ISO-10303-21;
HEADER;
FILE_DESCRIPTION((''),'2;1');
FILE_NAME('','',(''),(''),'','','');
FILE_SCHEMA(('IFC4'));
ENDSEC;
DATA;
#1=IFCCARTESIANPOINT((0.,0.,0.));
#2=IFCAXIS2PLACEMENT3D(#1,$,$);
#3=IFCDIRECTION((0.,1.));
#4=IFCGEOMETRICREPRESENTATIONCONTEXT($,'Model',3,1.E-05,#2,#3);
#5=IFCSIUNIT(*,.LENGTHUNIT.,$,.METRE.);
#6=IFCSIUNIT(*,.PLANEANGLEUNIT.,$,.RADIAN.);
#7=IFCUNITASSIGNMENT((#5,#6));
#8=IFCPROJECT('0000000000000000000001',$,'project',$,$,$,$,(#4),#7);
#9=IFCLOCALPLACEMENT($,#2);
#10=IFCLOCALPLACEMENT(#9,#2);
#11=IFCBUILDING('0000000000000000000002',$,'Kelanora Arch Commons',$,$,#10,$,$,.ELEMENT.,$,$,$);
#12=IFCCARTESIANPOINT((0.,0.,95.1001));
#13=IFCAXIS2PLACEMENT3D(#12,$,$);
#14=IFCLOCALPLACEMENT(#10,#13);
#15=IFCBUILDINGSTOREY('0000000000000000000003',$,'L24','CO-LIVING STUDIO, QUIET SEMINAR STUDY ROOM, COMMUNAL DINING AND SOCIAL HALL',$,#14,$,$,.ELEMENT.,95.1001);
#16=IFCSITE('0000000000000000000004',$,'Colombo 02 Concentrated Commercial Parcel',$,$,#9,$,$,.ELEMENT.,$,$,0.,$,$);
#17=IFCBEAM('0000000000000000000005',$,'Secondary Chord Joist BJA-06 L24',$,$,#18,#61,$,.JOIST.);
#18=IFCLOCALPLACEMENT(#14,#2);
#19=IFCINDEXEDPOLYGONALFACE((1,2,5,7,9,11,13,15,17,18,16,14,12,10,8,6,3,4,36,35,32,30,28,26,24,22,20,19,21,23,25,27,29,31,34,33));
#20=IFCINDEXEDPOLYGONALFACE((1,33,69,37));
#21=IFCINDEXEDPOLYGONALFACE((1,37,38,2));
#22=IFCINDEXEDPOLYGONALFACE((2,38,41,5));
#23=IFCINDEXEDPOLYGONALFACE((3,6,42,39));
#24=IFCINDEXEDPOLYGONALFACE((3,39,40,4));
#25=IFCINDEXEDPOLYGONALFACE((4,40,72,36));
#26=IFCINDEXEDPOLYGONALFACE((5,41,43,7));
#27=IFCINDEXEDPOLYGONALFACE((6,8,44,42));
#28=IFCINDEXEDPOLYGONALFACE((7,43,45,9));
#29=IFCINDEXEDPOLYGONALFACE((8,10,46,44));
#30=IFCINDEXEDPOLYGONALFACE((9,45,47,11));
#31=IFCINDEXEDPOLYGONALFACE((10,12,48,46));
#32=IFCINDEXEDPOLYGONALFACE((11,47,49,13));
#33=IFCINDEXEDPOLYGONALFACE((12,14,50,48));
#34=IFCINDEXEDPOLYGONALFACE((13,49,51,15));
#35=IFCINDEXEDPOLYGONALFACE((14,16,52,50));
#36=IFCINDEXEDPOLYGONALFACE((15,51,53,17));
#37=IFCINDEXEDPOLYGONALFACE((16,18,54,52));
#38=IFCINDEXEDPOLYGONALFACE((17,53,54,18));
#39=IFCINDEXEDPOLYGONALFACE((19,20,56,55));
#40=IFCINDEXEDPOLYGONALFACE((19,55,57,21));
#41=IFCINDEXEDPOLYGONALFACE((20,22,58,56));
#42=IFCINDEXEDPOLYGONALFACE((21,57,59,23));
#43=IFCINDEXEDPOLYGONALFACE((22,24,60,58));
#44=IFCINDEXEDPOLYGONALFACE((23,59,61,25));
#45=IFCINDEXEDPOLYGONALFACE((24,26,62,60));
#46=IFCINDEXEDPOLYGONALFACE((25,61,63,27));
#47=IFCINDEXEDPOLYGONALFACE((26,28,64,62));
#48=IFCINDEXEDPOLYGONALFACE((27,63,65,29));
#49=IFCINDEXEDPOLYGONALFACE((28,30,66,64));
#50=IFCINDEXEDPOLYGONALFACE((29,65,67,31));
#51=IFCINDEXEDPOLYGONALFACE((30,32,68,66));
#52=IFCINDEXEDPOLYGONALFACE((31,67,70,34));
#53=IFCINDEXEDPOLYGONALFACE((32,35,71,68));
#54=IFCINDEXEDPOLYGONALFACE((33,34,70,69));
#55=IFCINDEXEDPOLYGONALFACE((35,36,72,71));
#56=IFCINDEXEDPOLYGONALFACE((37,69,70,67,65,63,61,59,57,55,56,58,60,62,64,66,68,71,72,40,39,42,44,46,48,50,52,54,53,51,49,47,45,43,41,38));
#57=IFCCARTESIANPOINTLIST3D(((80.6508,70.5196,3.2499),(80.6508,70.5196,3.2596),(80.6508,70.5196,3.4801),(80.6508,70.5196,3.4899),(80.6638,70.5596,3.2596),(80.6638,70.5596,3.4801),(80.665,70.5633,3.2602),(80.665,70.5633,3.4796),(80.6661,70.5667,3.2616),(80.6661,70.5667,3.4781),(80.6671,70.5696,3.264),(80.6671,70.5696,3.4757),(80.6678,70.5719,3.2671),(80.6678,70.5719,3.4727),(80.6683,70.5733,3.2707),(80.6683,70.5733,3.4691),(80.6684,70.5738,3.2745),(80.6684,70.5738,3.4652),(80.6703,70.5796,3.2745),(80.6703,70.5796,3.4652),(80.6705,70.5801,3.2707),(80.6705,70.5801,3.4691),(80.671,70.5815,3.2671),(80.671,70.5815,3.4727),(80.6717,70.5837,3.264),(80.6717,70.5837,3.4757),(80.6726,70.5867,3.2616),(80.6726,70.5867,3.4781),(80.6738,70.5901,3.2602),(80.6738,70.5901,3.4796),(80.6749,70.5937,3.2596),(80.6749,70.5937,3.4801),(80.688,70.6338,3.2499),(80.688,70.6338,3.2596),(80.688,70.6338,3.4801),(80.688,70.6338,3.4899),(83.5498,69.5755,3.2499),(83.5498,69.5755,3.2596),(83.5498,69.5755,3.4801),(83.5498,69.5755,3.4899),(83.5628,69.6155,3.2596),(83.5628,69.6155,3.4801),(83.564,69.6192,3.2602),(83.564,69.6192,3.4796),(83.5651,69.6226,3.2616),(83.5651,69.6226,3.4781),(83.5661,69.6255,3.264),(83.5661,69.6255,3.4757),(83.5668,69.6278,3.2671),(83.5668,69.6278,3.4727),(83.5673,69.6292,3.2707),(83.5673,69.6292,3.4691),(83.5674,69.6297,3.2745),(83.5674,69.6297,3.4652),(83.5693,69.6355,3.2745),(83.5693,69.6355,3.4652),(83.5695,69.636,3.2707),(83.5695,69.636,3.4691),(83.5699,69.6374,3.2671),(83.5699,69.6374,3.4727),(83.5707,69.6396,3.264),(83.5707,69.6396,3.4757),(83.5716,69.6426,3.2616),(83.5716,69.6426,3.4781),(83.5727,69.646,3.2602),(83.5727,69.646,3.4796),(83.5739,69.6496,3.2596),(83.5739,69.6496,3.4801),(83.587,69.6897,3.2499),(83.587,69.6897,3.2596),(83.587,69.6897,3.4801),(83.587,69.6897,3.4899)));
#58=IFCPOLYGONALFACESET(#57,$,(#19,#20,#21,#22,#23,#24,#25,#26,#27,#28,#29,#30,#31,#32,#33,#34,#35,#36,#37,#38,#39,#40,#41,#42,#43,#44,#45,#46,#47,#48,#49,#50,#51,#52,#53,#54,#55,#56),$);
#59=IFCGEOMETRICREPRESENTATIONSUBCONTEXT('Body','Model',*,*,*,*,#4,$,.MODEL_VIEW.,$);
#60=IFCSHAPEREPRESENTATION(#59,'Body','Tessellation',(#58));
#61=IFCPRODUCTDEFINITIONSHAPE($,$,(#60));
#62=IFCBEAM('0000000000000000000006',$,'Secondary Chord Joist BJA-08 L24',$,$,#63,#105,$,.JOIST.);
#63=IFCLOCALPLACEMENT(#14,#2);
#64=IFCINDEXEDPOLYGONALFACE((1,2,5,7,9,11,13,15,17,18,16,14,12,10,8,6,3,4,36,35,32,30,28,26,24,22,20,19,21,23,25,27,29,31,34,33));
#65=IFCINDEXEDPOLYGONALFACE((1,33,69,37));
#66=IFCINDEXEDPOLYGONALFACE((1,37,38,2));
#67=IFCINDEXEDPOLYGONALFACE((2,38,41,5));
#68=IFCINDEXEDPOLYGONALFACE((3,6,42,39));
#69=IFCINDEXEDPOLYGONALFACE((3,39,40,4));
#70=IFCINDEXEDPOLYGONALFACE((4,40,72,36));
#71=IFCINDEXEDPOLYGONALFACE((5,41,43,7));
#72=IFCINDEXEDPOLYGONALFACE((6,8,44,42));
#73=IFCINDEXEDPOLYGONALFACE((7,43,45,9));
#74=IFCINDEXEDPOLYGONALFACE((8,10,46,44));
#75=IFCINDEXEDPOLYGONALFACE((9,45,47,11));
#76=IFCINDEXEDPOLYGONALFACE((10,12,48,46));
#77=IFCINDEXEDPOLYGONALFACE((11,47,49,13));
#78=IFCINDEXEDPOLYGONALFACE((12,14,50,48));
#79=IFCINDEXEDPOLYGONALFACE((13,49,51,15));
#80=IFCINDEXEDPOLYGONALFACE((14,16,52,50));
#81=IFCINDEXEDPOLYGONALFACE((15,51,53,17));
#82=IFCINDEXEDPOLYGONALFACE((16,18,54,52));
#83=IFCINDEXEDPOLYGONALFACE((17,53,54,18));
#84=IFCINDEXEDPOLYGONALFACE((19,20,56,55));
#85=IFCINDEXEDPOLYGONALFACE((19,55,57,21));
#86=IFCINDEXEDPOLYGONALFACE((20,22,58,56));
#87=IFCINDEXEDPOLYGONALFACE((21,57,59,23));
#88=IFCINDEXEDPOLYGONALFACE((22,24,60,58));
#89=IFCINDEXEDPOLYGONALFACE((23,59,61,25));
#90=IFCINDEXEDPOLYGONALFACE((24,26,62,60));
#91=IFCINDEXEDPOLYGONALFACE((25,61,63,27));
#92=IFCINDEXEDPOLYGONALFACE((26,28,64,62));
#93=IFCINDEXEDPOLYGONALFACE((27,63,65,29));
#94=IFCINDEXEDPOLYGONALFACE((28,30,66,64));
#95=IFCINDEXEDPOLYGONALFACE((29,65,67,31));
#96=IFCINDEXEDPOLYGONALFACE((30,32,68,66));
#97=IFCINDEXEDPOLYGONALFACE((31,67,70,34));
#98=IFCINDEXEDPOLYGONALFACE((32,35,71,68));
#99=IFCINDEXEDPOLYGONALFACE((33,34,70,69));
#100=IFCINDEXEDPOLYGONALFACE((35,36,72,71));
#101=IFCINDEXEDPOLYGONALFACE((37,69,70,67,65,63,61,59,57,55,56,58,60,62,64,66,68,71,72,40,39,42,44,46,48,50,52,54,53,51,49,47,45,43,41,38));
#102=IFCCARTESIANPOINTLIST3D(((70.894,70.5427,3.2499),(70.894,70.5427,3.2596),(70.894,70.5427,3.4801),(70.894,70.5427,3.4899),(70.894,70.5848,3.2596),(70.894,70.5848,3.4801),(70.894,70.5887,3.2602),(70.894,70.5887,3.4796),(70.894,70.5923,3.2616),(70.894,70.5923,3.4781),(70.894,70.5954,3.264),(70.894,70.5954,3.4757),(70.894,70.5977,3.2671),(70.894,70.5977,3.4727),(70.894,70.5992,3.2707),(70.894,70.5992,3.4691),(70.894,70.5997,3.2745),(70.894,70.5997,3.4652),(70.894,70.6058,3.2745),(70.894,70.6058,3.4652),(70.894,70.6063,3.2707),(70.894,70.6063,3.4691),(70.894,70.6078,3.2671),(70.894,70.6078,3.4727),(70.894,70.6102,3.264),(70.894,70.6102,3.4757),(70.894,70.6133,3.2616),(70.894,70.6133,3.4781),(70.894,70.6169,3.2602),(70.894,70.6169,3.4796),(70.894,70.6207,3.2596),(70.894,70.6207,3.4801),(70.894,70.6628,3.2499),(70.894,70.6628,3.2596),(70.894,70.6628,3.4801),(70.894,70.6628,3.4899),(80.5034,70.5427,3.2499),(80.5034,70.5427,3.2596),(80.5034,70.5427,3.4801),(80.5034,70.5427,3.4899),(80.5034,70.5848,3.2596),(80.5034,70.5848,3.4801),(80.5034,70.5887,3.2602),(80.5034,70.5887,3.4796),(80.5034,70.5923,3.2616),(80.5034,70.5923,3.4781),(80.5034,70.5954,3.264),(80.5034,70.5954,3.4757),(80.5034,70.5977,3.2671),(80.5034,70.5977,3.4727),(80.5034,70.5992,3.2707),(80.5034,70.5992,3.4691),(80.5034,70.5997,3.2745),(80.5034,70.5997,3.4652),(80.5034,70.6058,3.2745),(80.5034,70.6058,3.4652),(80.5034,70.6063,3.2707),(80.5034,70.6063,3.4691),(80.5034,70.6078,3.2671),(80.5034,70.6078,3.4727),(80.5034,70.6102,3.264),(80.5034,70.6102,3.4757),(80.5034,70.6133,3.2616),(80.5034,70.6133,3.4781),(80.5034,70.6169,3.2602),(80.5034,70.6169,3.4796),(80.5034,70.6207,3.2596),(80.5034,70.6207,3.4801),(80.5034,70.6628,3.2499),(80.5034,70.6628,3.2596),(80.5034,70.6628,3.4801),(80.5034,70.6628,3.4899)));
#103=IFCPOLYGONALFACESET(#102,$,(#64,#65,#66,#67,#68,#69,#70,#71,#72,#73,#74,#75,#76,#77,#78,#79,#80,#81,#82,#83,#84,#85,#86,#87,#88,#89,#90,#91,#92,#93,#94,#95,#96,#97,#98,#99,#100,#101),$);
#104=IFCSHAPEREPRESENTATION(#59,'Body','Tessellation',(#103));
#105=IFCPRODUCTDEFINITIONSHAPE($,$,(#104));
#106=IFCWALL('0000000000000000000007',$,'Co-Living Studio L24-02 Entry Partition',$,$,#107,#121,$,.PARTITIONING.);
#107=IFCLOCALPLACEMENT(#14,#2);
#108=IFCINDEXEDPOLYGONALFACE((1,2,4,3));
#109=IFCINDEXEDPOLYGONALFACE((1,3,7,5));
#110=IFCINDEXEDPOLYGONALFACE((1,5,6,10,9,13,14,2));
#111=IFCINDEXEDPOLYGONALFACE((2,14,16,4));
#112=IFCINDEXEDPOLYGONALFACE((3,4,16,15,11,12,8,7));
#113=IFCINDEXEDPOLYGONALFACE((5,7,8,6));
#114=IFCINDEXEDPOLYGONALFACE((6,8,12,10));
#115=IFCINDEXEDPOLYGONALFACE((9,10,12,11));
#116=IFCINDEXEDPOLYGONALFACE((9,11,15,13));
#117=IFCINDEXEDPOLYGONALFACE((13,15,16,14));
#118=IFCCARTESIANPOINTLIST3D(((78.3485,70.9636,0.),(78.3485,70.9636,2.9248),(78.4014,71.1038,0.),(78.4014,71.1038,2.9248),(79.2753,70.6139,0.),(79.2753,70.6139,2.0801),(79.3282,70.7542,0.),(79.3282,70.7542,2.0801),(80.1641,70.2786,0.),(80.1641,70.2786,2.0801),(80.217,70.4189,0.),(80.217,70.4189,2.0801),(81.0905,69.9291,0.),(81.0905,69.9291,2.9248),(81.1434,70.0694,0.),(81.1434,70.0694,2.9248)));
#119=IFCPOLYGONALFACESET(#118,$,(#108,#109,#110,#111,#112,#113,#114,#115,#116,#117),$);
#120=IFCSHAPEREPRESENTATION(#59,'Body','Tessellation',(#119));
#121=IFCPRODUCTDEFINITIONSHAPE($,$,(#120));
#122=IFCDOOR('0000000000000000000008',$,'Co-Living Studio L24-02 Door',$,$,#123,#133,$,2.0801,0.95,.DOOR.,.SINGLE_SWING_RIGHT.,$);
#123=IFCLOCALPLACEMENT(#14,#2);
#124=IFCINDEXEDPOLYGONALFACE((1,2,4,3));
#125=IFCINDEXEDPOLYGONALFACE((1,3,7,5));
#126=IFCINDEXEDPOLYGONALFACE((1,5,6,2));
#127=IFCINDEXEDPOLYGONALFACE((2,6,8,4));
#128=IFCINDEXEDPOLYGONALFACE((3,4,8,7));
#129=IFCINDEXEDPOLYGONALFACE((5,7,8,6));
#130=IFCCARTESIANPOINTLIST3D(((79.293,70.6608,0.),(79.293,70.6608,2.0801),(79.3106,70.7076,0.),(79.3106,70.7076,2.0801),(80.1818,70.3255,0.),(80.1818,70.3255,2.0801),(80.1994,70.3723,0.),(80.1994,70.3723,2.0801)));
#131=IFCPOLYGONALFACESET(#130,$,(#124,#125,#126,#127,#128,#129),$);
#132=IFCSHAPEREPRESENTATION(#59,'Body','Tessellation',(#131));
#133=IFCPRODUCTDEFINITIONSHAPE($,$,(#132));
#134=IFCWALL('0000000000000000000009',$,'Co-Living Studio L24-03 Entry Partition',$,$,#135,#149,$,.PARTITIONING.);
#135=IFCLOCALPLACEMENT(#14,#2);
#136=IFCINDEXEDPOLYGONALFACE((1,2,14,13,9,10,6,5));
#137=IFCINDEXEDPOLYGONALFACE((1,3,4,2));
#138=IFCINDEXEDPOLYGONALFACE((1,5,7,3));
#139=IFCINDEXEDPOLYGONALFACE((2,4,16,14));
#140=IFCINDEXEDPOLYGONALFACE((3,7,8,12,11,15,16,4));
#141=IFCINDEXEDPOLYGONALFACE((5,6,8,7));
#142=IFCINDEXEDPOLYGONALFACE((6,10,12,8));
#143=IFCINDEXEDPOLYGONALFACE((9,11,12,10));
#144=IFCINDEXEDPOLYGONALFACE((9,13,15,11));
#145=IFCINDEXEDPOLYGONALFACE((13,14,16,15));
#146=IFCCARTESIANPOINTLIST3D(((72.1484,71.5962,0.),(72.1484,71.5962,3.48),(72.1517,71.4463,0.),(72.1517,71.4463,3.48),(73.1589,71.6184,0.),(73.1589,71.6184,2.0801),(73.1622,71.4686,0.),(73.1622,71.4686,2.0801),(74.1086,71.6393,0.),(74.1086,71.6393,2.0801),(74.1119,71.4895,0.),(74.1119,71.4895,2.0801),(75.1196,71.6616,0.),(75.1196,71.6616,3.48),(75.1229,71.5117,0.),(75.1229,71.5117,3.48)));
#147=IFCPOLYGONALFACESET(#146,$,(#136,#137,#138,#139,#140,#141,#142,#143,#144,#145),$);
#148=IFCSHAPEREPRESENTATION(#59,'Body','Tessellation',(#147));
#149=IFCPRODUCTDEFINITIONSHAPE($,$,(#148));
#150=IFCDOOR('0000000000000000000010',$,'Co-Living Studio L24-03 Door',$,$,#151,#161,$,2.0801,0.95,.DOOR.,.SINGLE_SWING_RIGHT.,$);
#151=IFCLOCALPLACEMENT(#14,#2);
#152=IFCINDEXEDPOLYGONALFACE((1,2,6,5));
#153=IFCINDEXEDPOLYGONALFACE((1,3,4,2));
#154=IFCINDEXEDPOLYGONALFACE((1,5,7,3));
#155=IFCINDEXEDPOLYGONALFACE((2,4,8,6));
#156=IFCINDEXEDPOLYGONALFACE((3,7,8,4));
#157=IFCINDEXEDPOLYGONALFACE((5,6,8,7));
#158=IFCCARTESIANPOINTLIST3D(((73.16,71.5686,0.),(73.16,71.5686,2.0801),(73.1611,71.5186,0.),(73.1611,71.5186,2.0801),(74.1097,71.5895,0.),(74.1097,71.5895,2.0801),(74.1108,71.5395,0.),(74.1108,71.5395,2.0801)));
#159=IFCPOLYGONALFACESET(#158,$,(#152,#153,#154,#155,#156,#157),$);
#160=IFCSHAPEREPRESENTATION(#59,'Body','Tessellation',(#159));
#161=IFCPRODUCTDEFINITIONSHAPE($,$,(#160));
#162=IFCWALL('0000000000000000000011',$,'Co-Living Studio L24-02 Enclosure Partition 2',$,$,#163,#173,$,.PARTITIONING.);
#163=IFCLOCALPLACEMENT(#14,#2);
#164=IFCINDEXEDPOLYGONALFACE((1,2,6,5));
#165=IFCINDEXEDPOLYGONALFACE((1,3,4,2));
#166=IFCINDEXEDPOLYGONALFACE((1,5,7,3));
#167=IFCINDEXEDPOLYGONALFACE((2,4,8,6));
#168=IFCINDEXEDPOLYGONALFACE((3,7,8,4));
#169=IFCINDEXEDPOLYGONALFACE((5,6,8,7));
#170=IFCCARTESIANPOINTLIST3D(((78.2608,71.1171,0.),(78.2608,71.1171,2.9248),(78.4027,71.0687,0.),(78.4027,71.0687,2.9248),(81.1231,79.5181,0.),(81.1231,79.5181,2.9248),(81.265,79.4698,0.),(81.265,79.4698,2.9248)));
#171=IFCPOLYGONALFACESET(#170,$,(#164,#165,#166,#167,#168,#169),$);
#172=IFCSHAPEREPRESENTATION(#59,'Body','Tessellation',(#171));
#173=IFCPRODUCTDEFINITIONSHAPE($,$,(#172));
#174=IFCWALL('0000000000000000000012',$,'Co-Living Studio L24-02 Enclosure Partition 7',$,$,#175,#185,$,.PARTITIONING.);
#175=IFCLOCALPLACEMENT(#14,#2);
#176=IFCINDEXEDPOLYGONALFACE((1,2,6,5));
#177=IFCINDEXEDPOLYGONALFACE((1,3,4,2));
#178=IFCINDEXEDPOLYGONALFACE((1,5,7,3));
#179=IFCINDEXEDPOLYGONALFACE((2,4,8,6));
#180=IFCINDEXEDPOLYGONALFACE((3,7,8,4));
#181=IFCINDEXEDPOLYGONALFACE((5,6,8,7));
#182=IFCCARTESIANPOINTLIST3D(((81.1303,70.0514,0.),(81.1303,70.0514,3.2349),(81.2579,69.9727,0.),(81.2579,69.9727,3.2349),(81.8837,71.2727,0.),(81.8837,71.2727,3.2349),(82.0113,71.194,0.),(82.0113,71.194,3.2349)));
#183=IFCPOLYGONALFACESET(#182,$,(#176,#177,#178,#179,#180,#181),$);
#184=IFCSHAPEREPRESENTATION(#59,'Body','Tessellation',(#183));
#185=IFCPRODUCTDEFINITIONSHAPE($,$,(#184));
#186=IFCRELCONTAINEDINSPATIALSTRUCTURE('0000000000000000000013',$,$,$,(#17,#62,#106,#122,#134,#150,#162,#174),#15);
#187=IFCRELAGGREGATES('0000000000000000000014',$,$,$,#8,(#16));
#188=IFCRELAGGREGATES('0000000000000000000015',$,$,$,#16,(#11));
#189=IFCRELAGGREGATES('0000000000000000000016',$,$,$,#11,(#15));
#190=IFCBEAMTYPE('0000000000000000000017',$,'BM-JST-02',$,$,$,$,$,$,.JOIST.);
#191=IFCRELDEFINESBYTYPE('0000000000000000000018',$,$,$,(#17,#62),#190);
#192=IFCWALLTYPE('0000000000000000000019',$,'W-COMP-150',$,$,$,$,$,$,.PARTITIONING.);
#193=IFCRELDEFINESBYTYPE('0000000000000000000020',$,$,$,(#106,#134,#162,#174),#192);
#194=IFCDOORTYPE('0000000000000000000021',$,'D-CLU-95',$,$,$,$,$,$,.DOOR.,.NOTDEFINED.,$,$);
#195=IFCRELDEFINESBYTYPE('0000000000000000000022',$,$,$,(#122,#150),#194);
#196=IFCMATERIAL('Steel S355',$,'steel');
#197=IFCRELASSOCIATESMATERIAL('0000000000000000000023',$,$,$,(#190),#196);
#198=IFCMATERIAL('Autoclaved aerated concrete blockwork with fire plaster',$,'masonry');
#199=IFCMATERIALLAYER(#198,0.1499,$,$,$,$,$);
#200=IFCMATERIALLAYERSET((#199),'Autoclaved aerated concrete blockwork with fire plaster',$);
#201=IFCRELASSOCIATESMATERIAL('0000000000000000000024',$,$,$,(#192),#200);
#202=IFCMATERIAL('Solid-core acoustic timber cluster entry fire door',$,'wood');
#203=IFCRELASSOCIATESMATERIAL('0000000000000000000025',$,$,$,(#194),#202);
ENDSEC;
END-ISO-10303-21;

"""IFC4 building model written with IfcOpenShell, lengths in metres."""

from ifc_helpers import new_model, si_unit, direction, frame, frame_2d, origin, origin_2d, place, context, subcontext, project, spatial, rectangle, i_section, extrude, material, layer, layer_set, material_profile, profile_set, type_object, element, fill, save


model = new_model("IFC4")

# Units and contexts
model_context = context("Model", 3, precision=1e-05, world=origin(), true_north=direction((0.0, 1.0)))
body_context = subcontext(model_context, "Body", "Model", "MODEL_VIEW")
ifc_project = project(units=[si_unit("LENGTHUNIT", "METRE"), si_unit("PLANEANGLEUNIT", "RADIAN")], contexts=[model_context])

# Site, building, storey
site_placement = place(None, origin())
site = spatial("IfcSite", under=ifc_project, at=site_placement, Name="Colombo 02 Concentrated Commercial Parcel", CompositionType="ELEMENT", RefElevation=0.0)
building_placement = place(site_placement, origin())
building = spatial("IfcBuilding", under=site, at=building_placement, Name="Kelanora Arch Commons", CompositionType="ELEMENT")
storey_placement = place(building_placement, frame((0.0, 0.0, 95.1001)))
storey = spatial("IfcBuildingStorey", under=building, at=storey_placement, Name="L24", Description="CO-LIVING STUDIO, QUIET SEMINAR STUDY ROOM, COMMUNAL DINING AND SOCIAL HALL", CompositionType="ELEMENT", Elevation=95.1001)

# Beams
ifc_material_1 = material(Name="Steel S355", Category="steel")
ifc_material_profile = material_profile(ifc_material_1, i_section(OverallWidth=0.1201, OverallDepth=0.24, WebThickness=0.0061, FlangeThickness=0.0098, FilletRadius=0.0149, at=origin_2d()), Name="IPE240")
ifc_profile_set = profile_set([ifc_material_profile], Name="Steel S355")
beam_type = type_object("IfcBeamType", Name="BM-JST-02", PredefinedType="JOIST", material=ifc_profile_set)
beam_1_placement = place(storey_placement, frame((83.5684, 69.6326, 3.3699), z_axis=(-0.950847, 0.309662, 0.0), x_axis=(-0.309662, -0.950847, 0.0)))
element("IfcBeam", 1, at=beam_1_placement, inside=storey, type_object=beam_type, Name="Secondary Chord Joist BJA-06 L24", PredefinedType="JOIST", context=body_context, shape_type="SweptSolid", body=[
    extrude(i_section(OverallWidth=0.1201, OverallDepth=0.24, WebThickness=0.0061, FlangeThickness=0.0098, FilletRadius=0.0149, at=origin_2d()), origin(), (0.0, 0.0, 1.0), 3.0488),
])
beam_2_placement = place(storey_placement, frame((80.5034, 70.6028, 3.3699), z_axis=(-1.0, 0.0, 0.0), x_axis=(0.0, -1.0, 0.0)))
element("IfcBeam", 2, at=beam_2_placement, inside=storey, type_object=beam_type, Name="Secondary Chord Joist BJA-08 L24", PredefinedType="JOIST", context=body_context, shape_type="SweptSolid", body=[
    extrude(i_section(OverallWidth=0.1201, OverallDepth=0.24, WebThickness=0.0061, FlangeThickness=0.0098, FilletRadius=0.0149, at=origin_2d()), origin(), (0.0, 0.0, 1.0), 9.6094),
])

# Walls, openings, doors
ifc_material_2 = material(Name="Autoclaved aerated concrete blockwork with fire plaster", Category="masonry")
ifc_layer_1 = layer(ifc_material_2, 0.1499)
ifc_layer_set_1 = layer_set([ifc_layer_1], Name="Autoclaved aerated concrete blockwork with fire plaster")
wall_type_1 = type_object("IfcWallType", Name="W-COMP-150", PredefinedType="PARTITIONING", material=ifc_layer_set_1)
wall_1_placement = place(storey_placement, frame((81.1169, 69.9993, 0.0), z_axis=(0.0, 0.0, 1.0), x_axis=(-0.935632, 0.352976, 0.0)))
wall_1 = element("IfcWall", 3, at=wall_1_placement, inside=storey, type_object=wall_type_1, Name="Co-Living Studio L24-02 Entry Partition", PredefinedType="PARTITIONING", context=body_context, shape_type="SweptSolid", body=[
    extrude(rectangle(XDim=2.9307, YDim=0.1499, at=frame_2d((1.4653, 0.0))), origin(), (0.0, 0.0, 1.0), 2.9248),
])
opening_1_placement = place(wall_1_placement, frame((0.99, 0.0, 0.0)))
opening_1 = element("IfcOpeningElement", 4, at=opening_1_placement, cuts=wall_1, PredefinedType="OPENING", context=body_context, shape_type="SweptSolid", body=[
    extrude(rectangle(XDim=0.95, YDim=2.0801, at=frame_2d((0.4751, 1.04))), frame((0.0, 0.085, 0.0), z_axis=(0.0, -1.0, 0.0), x_axis=(1.0, 0.0, 0.0)), (0.0, 0.0, 1.0), 0.1699),
])
ifc_material_3 = material(Name="Solid-core acoustic timber cluster entry fire door", Category="wood")
door_type_1 = type_object("IfcDoorType", Name="D-CLU-95", OperationType="NOTDEFINED", PredefinedType="DOOR", material=ifc_material_3)
door_1_placement = place(opening_1_placement, origin())
door_1 = element("IfcDoor", 5, at=door_1_placement, inside=storey, type_object=door_type_1, Name="Co-Living Studio L24-02 Door", OperationType="SINGLE_SWING_RIGHT", OverallHeight=2.0801, OverallWidth=0.95, PredefinedType="DOOR", context=body_context, shape_type="SweptSolid", body=[
    extrude(rectangle(XDim=0.95, YDim=2.0801, at=frame_2d((0.4751, 1.04))), frame((0.0, 0.0249, 0.0), z_axis=(0.0, -1.0, 0.0), x_axis=(1.0, 0.0, 0.0)), (0.0, 0.0, 1.0), 0.05),
])
fill(opening_1, door_1)
wall_2_placement = place(storey_placement, frame((75.1211, 71.5867, 0.0), z_axis=(0.0, 0.0, 1.0), x_axis=(-0.999758, -0.022016, 0.0)))
wall_2 = element("IfcWall", 6, at=wall_2_placement, inside=storey, type_object=wall_type_1, Name="Co-Living Studio L24-03 Entry Partition", PredefinedType="PARTITIONING", context=body_context, shape_type="SweptSolid", body=[
    extrude(rectangle(XDim=2.9719, YDim=0.1499, at=frame_2d((1.4858, 0.0))), origin(), (0.0, 0.0, 1.0), 3.48),
])
opening_2_placement = place(wall_2_placement, frame((1.011, 0.0, 0.0)))
opening_2 = element("IfcOpeningElement", 7, at=opening_2_placement, cuts=wall_2, PredefinedType="OPENING", context=body_context, shape_type="SweptSolid", body=[
    extrude(rectangle(XDim=0.95, YDim=2.0801, at=frame_2d((0.4751, 1.04))), frame((0.0, 0.085, 0.0), z_axis=(0.0, -1.0, 0.0), x_axis=(1.0, 0.0, 0.0)), (0.0, 0.0, 1.0), 0.1699),
])
door_2_placement = place(opening_2_placement, origin())
door_2 = element("IfcDoor", 8, at=door_2_placement, inside=storey, type_object=door_type_1, Name="Co-Living Studio L24-03 Door", OperationType="SINGLE_SWING_RIGHT", OverallHeight=2.0801, OverallWidth=0.95, PredefinedType="DOOR", context=body_context, shape_type="SweptSolid", body=[
    extrude(rectangle(XDim=0.95, YDim=2.0801, at=frame_2d((0.4751, 1.04))), frame((0.0, 0.0249, 0.0), z_axis=(0.0, -1.0, 0.0), x_axis=(1.0, 0.0, 0.0)), (0.0, 0.0, 1.0), 0.05),
])
fill(opening_2, door_2)

# Walls
wall_3_placement = place(storey_placement, frame((78.3318, 71.093, 0.0), z_axis=(0.0, 0.0, 1.0), x_axis=(0.322501, 0.946569, 0.0)))
element("IfcWall", 9, at=wall_3_placement, inside=storey, type_object=wall_type_1, Name="Co-Living Studio L24-02 Enclosure Partition 2", PredefinedType="PARTITIONING", context=body_context, shape_type="SweptSolid", body=[
    extrude(rectangle(XDim=8.8752, YDim=0.1499, at=frame_2d((4.4375, 0.0))), origin(), (0.0, 0.0, 1.0), 2.9248),
])
wall_4_placement = place(storey_placement, frame((81.9475, 71.2334, 0.0), z_axis=(0.0, 0.0, 1.0), x_axis=(-0.524989, -0.851109, 0.0)))
element("IfcWall", 10, at=wall_4_placement, inside=storey, type_object=wall_type_1, Name="Co-Living Studio L24-02 Enclosure Partition 7", PredefinedType="PARTITIONING", context=body_context, shape_type="SweptSolid", body=[
    extrude(rectangle(XDim=1.4351, YDim=0.1499, at=frame_2d((0.7175, 0.0))), origin(), (0.0, 0.0, 1.0), 3.2349),
])

save(model, "model.ifc")
